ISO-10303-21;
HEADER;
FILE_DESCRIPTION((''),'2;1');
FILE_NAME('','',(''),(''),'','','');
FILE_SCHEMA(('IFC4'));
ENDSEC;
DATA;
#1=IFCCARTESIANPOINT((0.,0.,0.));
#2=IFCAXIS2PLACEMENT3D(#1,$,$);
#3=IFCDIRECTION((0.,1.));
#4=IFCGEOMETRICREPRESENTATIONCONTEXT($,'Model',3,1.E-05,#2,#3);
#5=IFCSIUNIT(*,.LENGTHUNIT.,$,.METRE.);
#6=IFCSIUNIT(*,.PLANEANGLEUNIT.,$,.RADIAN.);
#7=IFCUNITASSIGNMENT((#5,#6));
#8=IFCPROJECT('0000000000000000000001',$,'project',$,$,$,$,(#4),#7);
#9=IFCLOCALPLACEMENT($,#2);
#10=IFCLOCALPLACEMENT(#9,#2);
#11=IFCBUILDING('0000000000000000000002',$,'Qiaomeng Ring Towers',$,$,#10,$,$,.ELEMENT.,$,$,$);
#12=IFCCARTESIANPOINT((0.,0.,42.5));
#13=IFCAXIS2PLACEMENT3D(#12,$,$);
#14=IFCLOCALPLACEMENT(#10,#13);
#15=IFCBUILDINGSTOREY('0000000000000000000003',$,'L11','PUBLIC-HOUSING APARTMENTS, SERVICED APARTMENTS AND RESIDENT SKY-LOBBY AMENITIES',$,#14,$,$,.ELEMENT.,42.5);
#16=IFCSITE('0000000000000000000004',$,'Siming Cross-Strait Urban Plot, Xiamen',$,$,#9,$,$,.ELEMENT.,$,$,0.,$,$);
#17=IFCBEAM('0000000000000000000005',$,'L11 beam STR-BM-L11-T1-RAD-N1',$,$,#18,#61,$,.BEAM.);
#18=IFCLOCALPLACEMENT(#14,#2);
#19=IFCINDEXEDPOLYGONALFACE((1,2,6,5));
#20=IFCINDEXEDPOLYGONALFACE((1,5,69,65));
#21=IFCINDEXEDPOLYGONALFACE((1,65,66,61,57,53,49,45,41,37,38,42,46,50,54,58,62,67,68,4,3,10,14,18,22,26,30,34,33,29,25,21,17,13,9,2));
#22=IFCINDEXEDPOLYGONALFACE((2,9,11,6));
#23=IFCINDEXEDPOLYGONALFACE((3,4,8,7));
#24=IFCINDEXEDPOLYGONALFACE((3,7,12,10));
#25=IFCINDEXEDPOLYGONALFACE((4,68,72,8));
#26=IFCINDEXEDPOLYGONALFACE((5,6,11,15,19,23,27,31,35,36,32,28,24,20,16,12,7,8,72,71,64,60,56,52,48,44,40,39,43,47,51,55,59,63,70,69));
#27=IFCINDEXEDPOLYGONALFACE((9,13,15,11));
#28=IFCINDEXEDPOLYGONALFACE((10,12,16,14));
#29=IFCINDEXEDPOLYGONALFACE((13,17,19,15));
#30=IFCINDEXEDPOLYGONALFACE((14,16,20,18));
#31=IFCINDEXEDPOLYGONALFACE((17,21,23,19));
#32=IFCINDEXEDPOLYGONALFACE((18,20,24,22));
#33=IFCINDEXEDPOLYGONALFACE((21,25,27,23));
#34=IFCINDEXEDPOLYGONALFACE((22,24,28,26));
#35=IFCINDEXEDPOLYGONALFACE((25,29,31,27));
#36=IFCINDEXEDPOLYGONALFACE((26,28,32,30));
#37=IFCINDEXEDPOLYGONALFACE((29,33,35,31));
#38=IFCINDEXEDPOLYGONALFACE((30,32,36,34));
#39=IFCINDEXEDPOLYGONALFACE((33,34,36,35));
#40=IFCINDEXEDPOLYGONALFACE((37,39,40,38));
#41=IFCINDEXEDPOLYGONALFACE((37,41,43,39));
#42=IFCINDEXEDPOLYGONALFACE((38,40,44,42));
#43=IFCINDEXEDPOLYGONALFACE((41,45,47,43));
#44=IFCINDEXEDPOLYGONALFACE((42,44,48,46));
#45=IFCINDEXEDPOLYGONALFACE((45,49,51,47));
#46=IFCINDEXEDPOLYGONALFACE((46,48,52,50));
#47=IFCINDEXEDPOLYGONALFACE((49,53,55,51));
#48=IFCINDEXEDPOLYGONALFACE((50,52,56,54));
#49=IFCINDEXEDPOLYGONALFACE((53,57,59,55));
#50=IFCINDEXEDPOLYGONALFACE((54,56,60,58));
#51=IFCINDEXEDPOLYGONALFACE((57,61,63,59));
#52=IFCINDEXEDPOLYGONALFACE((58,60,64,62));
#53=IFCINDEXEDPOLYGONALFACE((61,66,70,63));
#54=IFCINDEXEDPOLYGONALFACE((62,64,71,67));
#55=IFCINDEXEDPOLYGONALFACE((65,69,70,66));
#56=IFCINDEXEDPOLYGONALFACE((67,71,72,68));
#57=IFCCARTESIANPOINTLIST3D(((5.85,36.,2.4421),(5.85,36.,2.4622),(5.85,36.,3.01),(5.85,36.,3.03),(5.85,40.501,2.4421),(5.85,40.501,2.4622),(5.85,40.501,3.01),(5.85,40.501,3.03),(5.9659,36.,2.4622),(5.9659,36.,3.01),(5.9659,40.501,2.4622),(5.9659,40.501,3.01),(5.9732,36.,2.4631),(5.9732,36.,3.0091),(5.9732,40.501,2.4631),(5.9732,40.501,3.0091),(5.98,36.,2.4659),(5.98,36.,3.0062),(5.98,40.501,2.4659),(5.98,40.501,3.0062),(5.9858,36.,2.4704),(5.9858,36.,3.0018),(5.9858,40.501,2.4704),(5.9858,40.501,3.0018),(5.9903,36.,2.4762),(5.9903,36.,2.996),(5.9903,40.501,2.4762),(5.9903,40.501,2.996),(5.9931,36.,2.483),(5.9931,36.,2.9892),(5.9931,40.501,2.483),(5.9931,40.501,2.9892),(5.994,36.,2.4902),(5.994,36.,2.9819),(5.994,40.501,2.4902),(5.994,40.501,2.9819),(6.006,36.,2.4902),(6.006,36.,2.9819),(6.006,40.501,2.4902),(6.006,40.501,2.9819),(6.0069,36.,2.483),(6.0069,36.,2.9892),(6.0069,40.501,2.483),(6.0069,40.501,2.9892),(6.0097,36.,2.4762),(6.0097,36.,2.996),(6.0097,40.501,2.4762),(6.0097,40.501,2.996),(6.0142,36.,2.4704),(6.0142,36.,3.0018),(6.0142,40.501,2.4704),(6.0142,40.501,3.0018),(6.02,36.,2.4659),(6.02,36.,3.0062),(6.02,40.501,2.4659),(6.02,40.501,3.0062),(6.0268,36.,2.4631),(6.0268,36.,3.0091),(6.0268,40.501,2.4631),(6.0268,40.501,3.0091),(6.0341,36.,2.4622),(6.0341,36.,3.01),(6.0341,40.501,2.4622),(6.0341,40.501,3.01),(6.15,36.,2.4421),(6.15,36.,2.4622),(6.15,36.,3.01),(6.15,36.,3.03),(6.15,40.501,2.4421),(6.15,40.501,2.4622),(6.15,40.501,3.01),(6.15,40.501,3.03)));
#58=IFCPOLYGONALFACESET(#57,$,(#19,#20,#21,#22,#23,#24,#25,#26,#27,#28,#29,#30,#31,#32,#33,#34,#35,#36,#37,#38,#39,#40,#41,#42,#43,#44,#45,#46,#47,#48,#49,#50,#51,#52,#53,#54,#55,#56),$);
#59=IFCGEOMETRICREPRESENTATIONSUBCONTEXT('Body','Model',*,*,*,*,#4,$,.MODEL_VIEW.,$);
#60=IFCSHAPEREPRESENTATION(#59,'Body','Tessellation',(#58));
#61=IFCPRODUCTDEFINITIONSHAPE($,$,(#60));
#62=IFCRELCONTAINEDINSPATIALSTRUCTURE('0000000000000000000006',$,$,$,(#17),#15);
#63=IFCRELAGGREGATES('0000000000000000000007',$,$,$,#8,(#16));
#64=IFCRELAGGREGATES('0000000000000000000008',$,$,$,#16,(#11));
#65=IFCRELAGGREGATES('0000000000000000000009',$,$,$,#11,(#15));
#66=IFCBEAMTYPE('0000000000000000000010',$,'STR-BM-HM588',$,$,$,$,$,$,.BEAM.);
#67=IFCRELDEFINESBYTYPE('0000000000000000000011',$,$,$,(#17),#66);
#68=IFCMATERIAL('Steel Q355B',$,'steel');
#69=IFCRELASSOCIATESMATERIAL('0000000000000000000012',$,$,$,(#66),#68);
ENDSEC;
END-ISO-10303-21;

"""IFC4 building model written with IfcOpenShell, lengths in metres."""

from ifc_helpers import new_model, si_unit, direction, frame, origin, origin_2d, place, context, subcontext, project, spatial, i_section, extrude, source, transform, mapped, material, material_profile, profile_set, type_object, element, save


model = new_model("IFC4")

# Units and contexts
model_context = context("Model", 3, precision=1e-05, world=origin(), true_north=direction((0.0, 1.0)))
body_context = subcontext(model_context, "Body", "Model", "MODEL_VIEW")
ifc_project = project(units=[si_unit("LENGTHUNIT", "METRE"), si_unit("PLANEANGLEUNIT", "RADIAN")], contexts=[model_context])

# Site, building, storey
site_placement = place(None, origin())
site = spatial("IfcSite", under=ifc_project, at=site_placement, Name="Siming Cross-Strait Urban Plot, Xiamen", CompositionType="ELEMENT", RefElevation=0.0)
building_placement = place(site_placement, origin())
building = spatial("IfcBuilding", under=site, at=building_placement, Name="Qiaomeng Ring Towers", CompositionType="ELEMENT")
storey_placement = place(building_placement, frame((0.0, 0.0, 42.5)))
storey = spatial("IfcBuildingStorey", under=building, at=storey_placement, Name="L11", Description="PUBLIC-HOUSING APARTMENTS, SERVICED APARTMENTS AND RESIDENT SKY-LOBBY AMENITIES", CompositionType="ELEMENT", Elevation=42.5)

# Beam
ifc_material_1 = material(Name="Steel Q355B", Category="steel")
ifc_material_profile_1 = material_profile(ifc_material_1, i_section(OverallWidth=0.3, OverallDepth=0.5879, WebThickness=0.012, FlangeThickness=0.02, FilletRadius=0.0281, at=origin_2d()), Name="HM 588x300x12x20")
ifc_profile_set_1 = profile_set([ifc_material_profile_1], Name="Steel Q355B")
beam_type_1 = type_object("IfcBeamType", Name="STR-BM-HM588", PredefinedType="BEAM", material=ifc_profile_set_1)
shared_shape_1 = source(origin(), body_context, "Body", "SweptSolid", [
    extrude(i_section(OverallWidth=0.3, OverallDepth=0.5879, WebThickness=0.012, FlangeThickness=0.02, FilletRadius=0.0281, at=origin_2d()), origin(), (0.0, 0.0, 1.0), 4.501),
])
beam_1_placement = place(storey_placement, frame((6.0, 40.501, 2.7361), z_axis=(0.0, -1.0, 0.0), x_axis=(1.0, 0.0, 0.0)))
element("IfcBeam", 1, at=beam_1_placement, inside=storey, type_object=beam_type_1, Name="L11 beam STR-BM-L11-T1-RAD-N1", PredefinedType="BEAM", context=body_context, shape_type="MappedRepresentation", body=[
    mapped(shared_shape_1, transform((0.0, 0.0, 0.0), x_axis=(1.0, 0.0, 0.0), y_axis=(0.0, 1.0, 0.0), z_axis=(0.0, 0.0, 1.0), scale=1.0)),
])

save(model, "model.ifc")
